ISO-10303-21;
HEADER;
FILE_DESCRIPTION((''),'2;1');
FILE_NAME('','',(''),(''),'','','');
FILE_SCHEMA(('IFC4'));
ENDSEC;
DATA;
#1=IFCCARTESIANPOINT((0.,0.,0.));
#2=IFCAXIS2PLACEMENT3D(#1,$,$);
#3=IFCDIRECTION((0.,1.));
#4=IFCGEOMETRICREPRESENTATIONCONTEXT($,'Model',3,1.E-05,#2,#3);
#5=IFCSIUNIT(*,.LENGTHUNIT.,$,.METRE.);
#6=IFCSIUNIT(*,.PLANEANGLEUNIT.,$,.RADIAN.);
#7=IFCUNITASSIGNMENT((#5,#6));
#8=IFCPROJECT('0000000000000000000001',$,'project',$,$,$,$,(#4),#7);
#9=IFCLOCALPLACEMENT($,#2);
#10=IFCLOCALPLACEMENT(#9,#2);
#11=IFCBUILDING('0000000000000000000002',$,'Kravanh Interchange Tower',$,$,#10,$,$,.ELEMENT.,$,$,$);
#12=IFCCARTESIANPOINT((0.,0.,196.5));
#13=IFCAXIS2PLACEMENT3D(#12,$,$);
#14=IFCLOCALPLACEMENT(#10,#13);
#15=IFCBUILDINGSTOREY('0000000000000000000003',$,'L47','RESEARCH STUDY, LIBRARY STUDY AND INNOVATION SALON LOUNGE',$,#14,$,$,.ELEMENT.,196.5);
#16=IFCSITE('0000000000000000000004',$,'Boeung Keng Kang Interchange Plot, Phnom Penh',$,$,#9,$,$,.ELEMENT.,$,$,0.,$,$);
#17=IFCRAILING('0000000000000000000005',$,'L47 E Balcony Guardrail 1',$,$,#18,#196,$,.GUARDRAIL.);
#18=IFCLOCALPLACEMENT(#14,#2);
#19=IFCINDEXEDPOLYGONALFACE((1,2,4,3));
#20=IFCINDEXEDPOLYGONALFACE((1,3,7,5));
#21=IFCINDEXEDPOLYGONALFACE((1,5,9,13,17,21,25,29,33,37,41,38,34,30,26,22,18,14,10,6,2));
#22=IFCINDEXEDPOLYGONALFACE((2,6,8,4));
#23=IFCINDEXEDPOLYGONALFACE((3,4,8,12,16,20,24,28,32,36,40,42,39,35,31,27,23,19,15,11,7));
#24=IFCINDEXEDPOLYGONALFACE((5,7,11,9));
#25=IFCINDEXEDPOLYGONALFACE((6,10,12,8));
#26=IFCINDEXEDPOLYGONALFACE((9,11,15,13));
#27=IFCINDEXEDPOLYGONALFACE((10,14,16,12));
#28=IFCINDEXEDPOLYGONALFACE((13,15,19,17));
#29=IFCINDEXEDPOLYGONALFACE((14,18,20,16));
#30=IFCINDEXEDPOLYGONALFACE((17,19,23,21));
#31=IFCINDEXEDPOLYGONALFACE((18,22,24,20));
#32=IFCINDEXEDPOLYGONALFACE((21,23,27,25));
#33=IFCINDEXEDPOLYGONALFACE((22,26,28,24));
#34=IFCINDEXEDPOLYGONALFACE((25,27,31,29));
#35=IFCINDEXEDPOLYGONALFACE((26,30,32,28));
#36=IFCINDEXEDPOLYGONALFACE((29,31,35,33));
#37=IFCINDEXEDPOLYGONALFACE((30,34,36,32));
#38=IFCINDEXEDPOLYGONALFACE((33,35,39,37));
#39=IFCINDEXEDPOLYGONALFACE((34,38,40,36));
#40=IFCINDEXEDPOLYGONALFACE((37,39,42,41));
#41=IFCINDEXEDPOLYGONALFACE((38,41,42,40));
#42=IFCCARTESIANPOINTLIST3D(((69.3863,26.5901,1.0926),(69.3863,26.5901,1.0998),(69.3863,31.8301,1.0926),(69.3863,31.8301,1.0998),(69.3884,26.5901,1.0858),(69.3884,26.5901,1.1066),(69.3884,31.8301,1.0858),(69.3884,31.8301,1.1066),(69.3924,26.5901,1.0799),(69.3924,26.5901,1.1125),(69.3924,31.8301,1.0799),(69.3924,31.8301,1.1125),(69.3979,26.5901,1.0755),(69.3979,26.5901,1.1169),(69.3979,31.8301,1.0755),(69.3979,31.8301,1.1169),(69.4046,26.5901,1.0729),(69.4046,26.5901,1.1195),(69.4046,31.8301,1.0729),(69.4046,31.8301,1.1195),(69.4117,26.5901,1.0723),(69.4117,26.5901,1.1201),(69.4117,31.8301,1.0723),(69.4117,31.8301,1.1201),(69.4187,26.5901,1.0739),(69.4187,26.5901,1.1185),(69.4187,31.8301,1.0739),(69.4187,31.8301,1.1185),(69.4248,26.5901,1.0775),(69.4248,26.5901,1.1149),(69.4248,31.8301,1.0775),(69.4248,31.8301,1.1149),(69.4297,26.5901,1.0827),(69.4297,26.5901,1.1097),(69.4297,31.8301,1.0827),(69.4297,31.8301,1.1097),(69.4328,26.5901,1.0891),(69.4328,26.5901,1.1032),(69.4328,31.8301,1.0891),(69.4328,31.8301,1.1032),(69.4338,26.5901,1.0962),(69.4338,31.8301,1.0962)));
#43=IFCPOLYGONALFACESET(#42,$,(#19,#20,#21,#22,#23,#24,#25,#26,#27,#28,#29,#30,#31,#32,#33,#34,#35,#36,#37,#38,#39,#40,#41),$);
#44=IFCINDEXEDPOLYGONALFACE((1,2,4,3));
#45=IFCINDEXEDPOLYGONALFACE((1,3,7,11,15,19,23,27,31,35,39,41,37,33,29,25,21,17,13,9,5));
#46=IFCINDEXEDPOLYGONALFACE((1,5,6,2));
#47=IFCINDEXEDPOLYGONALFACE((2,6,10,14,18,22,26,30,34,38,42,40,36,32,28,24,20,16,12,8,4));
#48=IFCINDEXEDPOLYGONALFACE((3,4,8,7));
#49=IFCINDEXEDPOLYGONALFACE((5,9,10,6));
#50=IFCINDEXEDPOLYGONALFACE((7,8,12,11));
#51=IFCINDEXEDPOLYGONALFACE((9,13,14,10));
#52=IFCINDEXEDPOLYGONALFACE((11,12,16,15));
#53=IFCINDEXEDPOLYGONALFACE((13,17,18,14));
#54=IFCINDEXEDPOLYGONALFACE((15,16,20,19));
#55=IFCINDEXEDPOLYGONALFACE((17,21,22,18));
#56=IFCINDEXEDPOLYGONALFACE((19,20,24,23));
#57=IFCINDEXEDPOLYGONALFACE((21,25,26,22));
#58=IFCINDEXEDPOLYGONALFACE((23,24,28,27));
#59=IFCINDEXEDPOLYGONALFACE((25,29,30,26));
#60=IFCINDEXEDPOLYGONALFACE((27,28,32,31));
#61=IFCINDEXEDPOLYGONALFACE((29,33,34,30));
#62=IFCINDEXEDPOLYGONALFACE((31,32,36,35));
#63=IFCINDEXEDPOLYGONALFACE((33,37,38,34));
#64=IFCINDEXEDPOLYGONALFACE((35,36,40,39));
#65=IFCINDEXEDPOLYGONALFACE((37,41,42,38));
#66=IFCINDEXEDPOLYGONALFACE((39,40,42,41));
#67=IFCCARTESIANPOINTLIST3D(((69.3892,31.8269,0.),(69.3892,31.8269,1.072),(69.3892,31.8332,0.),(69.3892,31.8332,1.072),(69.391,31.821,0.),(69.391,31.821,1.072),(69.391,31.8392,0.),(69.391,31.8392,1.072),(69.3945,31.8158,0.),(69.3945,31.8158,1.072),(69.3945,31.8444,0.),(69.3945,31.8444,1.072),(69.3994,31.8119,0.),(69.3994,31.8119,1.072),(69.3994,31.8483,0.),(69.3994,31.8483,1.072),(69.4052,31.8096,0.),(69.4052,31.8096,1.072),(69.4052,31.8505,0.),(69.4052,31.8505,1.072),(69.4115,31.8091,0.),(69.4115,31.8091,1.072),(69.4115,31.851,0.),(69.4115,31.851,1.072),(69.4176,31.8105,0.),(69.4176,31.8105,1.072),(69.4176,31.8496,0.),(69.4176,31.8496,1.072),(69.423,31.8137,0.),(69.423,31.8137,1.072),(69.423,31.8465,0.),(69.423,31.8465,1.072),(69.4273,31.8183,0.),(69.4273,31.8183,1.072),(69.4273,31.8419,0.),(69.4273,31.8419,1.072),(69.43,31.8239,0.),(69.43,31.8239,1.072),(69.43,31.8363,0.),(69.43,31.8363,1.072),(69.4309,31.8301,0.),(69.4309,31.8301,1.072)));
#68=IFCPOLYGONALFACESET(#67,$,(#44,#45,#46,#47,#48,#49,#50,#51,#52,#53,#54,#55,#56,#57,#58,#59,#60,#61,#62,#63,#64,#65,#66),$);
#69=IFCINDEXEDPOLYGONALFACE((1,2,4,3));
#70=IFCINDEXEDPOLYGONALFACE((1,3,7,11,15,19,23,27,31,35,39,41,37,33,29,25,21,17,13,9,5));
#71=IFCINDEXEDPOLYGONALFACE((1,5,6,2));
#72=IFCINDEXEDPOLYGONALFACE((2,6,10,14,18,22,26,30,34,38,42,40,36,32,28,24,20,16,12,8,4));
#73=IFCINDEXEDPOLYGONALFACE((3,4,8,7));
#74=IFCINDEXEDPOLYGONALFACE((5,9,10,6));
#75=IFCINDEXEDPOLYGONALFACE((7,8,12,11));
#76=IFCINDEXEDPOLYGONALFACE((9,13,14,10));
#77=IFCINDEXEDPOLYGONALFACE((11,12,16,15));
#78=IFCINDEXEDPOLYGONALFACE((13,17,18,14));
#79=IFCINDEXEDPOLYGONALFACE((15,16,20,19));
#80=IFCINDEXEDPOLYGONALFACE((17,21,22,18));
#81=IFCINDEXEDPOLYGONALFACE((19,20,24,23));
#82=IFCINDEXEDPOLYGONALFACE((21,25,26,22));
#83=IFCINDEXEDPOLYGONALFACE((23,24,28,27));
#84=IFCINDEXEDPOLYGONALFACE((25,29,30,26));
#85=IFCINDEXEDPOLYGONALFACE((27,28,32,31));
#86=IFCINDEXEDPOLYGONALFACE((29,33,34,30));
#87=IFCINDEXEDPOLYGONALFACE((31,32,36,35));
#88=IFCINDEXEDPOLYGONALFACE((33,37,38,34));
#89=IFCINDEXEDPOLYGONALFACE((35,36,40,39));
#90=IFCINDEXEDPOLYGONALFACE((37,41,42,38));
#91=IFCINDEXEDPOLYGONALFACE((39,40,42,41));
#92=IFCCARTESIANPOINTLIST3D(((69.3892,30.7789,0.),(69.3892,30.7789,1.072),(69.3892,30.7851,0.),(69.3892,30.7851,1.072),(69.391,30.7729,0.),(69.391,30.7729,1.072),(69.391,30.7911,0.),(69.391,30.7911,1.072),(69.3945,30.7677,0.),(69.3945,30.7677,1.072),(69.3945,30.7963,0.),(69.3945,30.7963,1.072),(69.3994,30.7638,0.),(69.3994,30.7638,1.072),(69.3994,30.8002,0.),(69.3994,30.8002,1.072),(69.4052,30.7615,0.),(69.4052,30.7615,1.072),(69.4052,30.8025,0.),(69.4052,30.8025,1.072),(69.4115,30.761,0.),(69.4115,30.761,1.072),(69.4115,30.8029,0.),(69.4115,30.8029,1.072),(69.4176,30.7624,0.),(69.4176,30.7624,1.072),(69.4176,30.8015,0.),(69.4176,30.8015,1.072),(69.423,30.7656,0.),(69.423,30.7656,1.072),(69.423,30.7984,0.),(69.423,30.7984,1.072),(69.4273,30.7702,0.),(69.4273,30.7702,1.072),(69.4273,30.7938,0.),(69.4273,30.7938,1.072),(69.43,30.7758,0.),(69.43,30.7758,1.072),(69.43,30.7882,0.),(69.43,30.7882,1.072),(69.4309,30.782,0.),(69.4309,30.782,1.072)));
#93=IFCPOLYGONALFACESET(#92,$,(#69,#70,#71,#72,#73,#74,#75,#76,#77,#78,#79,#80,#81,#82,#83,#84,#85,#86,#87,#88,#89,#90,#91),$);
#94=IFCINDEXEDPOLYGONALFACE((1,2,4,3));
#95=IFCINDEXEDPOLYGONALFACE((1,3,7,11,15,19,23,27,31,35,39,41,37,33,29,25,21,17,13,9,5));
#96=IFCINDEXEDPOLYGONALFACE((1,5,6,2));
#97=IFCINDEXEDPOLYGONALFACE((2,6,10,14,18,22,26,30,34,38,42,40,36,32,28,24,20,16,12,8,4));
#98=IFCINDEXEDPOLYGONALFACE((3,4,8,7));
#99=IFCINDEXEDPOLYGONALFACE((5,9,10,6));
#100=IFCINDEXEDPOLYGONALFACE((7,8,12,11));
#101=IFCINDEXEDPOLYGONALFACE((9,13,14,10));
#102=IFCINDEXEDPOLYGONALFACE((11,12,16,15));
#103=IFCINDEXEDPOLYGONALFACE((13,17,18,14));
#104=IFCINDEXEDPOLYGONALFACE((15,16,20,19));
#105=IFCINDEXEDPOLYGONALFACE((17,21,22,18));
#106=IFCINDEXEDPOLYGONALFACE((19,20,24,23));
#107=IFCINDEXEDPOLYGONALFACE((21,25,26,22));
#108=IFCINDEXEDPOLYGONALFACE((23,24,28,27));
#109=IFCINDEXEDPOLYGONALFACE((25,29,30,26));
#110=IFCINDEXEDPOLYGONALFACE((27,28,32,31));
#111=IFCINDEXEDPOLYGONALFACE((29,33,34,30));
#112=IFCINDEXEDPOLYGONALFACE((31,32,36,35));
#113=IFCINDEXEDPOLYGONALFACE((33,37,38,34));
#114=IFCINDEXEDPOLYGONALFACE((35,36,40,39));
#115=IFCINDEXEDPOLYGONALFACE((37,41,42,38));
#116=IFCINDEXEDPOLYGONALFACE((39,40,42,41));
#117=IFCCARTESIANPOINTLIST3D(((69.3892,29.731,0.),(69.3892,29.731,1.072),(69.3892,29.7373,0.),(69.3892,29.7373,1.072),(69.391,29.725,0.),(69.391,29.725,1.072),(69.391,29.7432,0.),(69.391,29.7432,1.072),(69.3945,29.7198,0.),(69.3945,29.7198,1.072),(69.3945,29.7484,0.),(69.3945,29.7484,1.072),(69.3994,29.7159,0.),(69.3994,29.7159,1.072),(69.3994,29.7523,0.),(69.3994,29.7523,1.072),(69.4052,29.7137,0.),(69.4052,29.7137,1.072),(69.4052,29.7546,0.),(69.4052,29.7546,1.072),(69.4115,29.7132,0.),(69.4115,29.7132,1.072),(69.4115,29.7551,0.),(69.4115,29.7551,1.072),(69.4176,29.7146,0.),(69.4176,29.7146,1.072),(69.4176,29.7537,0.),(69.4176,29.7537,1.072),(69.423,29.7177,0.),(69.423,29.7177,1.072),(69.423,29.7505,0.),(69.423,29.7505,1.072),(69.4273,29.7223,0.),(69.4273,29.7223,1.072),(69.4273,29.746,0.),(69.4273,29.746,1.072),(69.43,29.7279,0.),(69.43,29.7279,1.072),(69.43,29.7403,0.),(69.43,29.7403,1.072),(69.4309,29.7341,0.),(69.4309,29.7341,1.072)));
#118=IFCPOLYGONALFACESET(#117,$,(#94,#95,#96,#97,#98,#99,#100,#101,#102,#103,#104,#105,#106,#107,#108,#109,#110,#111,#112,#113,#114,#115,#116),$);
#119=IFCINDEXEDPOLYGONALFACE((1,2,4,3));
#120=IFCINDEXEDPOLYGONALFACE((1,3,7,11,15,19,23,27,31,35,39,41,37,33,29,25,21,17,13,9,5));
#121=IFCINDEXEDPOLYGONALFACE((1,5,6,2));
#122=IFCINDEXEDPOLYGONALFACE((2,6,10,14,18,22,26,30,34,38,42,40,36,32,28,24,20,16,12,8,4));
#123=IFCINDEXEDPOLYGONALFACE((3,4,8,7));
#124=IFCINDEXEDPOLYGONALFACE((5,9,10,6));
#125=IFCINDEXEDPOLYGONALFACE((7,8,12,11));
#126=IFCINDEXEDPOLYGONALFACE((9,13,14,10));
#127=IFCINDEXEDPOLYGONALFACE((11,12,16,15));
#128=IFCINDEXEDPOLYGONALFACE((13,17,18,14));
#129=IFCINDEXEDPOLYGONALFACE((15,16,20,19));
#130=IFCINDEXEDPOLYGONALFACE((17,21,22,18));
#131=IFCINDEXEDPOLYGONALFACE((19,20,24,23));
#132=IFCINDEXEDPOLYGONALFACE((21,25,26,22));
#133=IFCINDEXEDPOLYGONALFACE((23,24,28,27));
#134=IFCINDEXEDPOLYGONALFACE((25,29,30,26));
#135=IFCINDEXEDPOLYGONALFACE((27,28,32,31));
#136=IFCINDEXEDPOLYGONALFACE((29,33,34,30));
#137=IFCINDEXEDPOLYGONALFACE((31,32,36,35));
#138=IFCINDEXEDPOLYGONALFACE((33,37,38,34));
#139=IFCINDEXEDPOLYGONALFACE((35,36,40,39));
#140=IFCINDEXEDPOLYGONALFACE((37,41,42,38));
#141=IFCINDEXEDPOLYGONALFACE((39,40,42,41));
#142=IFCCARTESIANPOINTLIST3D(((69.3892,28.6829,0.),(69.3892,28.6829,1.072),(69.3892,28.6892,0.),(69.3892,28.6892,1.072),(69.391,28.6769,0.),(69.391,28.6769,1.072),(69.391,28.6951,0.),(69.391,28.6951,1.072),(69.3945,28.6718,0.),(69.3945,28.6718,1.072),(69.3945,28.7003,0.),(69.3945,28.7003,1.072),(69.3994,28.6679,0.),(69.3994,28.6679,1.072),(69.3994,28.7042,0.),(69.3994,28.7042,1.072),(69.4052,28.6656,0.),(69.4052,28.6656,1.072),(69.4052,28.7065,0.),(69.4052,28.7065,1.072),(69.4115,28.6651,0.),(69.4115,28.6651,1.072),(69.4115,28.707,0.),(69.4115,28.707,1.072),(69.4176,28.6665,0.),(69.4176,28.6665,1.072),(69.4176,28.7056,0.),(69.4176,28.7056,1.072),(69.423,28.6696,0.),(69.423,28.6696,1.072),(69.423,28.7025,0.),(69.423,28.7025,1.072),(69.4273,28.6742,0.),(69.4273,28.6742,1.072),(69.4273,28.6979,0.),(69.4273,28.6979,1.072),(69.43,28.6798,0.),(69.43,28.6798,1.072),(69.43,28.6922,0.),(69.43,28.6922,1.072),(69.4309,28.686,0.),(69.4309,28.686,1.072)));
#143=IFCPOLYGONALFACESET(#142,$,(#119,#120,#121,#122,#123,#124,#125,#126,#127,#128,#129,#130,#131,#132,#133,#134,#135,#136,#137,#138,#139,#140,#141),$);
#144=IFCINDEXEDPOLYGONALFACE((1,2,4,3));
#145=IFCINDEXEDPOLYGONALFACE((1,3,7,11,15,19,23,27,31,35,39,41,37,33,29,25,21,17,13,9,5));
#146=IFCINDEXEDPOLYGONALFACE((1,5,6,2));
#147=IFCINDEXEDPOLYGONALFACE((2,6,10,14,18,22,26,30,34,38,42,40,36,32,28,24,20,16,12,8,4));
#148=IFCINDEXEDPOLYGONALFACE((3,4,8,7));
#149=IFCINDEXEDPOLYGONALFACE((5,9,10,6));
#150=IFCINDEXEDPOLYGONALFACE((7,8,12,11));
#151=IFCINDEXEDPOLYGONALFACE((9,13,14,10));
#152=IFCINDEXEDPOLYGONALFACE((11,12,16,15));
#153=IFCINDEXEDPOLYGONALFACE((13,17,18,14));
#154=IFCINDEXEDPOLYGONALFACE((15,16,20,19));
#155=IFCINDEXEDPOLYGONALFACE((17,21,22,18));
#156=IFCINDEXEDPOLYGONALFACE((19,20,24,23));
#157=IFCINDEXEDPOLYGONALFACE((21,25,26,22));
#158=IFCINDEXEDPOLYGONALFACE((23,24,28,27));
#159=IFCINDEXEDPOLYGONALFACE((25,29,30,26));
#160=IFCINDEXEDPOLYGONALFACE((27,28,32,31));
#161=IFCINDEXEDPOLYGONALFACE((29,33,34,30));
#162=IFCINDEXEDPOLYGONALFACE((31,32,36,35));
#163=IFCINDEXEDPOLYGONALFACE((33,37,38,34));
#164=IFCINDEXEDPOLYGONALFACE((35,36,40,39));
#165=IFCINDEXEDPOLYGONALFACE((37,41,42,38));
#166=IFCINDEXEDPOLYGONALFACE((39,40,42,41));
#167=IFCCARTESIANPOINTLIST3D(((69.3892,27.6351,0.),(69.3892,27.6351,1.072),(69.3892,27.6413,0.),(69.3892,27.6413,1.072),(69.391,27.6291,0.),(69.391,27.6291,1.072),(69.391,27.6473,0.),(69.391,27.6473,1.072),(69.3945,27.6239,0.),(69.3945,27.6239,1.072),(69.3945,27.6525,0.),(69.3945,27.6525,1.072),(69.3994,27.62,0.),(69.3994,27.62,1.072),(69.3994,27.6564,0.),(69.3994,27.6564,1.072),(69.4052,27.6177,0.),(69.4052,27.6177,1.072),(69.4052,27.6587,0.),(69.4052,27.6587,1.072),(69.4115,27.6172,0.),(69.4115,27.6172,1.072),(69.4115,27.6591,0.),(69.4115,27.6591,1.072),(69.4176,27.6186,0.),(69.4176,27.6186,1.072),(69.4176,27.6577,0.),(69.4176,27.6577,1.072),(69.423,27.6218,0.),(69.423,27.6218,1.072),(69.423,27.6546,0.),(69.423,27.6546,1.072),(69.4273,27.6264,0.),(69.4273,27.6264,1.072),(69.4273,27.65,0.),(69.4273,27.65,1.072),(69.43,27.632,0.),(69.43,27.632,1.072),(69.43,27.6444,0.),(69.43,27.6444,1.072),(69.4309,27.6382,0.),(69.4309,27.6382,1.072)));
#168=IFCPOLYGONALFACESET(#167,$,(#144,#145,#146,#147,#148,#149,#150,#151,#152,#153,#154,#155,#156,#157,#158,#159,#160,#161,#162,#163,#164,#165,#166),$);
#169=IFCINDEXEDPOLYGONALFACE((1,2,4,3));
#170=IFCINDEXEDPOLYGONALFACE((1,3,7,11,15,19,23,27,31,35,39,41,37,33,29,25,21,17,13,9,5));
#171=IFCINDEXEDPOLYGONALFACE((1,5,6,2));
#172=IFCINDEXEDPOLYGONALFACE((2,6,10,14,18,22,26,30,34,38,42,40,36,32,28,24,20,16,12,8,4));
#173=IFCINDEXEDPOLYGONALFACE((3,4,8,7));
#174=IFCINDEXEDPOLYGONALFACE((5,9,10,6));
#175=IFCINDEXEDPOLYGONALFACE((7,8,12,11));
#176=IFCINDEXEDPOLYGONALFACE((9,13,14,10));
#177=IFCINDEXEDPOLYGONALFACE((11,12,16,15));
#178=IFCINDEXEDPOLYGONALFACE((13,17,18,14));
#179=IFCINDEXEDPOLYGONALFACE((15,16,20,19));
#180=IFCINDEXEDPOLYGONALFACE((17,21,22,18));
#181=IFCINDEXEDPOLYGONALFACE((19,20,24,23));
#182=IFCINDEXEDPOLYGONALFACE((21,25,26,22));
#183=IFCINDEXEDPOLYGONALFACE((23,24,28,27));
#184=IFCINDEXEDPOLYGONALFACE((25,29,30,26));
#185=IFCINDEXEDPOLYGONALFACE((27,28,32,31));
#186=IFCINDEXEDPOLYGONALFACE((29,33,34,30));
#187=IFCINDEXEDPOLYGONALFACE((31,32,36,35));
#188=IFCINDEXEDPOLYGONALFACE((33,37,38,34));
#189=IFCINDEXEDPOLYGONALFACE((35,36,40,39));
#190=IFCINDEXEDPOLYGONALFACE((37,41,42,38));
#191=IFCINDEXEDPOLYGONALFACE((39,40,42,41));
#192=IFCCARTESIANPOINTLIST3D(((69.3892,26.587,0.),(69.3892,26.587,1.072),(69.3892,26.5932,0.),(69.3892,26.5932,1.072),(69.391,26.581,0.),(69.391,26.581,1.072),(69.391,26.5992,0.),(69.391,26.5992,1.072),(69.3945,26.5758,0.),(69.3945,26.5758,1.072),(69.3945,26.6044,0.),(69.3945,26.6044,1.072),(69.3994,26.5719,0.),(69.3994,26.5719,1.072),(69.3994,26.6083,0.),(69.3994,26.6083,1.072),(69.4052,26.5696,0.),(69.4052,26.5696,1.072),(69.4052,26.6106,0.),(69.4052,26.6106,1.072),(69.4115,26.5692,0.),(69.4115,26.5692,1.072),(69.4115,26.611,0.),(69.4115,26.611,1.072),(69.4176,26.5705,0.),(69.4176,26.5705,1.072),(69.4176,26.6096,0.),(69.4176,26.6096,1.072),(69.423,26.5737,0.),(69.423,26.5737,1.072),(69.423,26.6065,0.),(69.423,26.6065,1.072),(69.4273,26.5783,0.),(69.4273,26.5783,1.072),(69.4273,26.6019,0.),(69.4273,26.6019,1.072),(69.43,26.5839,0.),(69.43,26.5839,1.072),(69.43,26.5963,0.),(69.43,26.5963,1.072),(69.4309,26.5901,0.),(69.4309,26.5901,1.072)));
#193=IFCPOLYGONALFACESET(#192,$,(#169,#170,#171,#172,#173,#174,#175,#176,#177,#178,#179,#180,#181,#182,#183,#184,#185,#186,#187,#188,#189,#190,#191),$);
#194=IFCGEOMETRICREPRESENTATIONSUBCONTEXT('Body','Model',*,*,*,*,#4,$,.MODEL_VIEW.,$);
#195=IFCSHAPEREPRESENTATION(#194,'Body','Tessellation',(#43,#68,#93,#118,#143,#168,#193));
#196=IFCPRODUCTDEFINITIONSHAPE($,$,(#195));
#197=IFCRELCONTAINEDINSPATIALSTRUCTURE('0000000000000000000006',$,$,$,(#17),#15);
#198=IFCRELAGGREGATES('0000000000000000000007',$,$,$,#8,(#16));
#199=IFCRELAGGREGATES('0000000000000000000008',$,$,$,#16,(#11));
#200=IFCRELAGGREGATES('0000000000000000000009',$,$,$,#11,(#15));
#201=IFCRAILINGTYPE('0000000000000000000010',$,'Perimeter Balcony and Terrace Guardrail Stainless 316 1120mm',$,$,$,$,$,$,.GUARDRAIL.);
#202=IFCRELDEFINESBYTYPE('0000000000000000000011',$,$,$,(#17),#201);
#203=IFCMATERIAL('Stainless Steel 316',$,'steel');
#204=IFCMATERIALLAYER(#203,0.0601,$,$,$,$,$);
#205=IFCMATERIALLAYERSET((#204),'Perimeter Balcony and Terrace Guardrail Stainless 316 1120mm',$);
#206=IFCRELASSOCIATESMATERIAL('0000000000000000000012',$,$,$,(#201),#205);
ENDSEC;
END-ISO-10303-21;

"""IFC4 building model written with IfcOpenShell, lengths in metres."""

from ifc_helpers import new_model, si_unit, direction, frame, origin, origin_2d, place, context, subcontext, project, spatial, circle, extrude, material, layer, layer_set, type_object, element, save


model = new_model("IFC4")

# Units and contexts
model_context = context("Model", 3, precision=1e-05, world=origin(), true_north=direction((0.0, 1.0)))
body_context = subcontext(model_context, "Body", "Model", "MODEL_VIEW")
ifc_project = project(units=[si_unit("LENGTHUNIT", "METRE"), si_unit("PLANEANGLEUNIT", "RADIAN")], contexts=[model_context])

# Site, building, storey
site_placement = place(None, origin())
site = spatial("IfcSite", under=ifc_project, at=site_placement, Name="Boeung Keng Kang Interchange Plot, Phnom Penh", CompositionType="ELEMENT", RefElevation=0.0)
building_placement = place(site_placement, origin())
building = spatial("IfcBuilding", under=site, at=building_placement, Name="Kravanh Interchange Tower", CompositionType="ELEMENT")
storey_placement = place(building_placement, frame((0.0, 0.0, 196.5)))
storey = spatial("IfcBuildingStorey", under=building, at=storey_placement, Name="L47", Description="RESEARCH STUDY, LIBRARY STUDY AND INNOVATION SALON LOUNGE", CompositionType="ELEMENT", Elevation=196.5)

# Railing
ifc_material_1 = material(Name="Stainless Steel 316", Category="steel")
ifc_layer_1 = layer(ifc_material_1, 0.0601)
ifc_layer_set_1 = layer_set([ifc_layer_1], Name="Perimeter Balcony and Terrace Guardrail Stainless 316 1120mm")
railing_type_1 = type_object("IfcRailingType", Name="Perimeter Balcony and Terrace Guardrail Stainless 316 1120mm", PredefinedType="GUARDRAIL", material=ifc_layer_set_1)
railing_1_placement = place(storey_placement, frame((69.4099, 31.8301, 0.0)))
element("IfcRailing", 1, at=railing_1_placement, inside=storey, type_object=railing_type_1, Name="L47 E Balcony Guardrail 1", PredefinedType="GUARDRAIL", context=body_context, shape_type="SweptSolid", body=[
    extrude(circle(Radius=0.0239, at=origin_2d()), frame((0.0, 0.0, 1.0962), z_axis=(0.0, -1.0, 0.0), x_axis=(1.0, 0.0, 0.0)), (0.0, 0.0, 1.0), 5.24),
    extrude(circle(Radius=0.021, at=origin_2d()), origin(), (0.0, 0.0, 1.0), 1.072),
    extrude(circle(Radius=0.021, at=origin_2d()), frame((0.0, -1.0481, 0.0)), (0.0, 0.0, 1.0), 1.072),
    extrude(circle(Radius=0.021, at=origin_2d()), frame((0.0, -2.0959, 0.0)), (0.0, 0.0, 1.0), 1.072),
    extrude(circle(Radius=0.021, at=origin_2d()), frame((0.0, -3.144, 0.0)), (0.0, 0.0, 1.0), 1.072),
    extrude(circle(Radius=0.021, at=origin_2d()), frame((0.0, -4.1919, 0.0)), (0.0, 0.0, 1.0), 1.072),
    extrude(circle(Radius=0.021, at=origin_2d()), frame((0.0, -5.24, 0.0)), (0.0, 0.0, 1.0), 1.072),
])

save(model, "model.ifc")
